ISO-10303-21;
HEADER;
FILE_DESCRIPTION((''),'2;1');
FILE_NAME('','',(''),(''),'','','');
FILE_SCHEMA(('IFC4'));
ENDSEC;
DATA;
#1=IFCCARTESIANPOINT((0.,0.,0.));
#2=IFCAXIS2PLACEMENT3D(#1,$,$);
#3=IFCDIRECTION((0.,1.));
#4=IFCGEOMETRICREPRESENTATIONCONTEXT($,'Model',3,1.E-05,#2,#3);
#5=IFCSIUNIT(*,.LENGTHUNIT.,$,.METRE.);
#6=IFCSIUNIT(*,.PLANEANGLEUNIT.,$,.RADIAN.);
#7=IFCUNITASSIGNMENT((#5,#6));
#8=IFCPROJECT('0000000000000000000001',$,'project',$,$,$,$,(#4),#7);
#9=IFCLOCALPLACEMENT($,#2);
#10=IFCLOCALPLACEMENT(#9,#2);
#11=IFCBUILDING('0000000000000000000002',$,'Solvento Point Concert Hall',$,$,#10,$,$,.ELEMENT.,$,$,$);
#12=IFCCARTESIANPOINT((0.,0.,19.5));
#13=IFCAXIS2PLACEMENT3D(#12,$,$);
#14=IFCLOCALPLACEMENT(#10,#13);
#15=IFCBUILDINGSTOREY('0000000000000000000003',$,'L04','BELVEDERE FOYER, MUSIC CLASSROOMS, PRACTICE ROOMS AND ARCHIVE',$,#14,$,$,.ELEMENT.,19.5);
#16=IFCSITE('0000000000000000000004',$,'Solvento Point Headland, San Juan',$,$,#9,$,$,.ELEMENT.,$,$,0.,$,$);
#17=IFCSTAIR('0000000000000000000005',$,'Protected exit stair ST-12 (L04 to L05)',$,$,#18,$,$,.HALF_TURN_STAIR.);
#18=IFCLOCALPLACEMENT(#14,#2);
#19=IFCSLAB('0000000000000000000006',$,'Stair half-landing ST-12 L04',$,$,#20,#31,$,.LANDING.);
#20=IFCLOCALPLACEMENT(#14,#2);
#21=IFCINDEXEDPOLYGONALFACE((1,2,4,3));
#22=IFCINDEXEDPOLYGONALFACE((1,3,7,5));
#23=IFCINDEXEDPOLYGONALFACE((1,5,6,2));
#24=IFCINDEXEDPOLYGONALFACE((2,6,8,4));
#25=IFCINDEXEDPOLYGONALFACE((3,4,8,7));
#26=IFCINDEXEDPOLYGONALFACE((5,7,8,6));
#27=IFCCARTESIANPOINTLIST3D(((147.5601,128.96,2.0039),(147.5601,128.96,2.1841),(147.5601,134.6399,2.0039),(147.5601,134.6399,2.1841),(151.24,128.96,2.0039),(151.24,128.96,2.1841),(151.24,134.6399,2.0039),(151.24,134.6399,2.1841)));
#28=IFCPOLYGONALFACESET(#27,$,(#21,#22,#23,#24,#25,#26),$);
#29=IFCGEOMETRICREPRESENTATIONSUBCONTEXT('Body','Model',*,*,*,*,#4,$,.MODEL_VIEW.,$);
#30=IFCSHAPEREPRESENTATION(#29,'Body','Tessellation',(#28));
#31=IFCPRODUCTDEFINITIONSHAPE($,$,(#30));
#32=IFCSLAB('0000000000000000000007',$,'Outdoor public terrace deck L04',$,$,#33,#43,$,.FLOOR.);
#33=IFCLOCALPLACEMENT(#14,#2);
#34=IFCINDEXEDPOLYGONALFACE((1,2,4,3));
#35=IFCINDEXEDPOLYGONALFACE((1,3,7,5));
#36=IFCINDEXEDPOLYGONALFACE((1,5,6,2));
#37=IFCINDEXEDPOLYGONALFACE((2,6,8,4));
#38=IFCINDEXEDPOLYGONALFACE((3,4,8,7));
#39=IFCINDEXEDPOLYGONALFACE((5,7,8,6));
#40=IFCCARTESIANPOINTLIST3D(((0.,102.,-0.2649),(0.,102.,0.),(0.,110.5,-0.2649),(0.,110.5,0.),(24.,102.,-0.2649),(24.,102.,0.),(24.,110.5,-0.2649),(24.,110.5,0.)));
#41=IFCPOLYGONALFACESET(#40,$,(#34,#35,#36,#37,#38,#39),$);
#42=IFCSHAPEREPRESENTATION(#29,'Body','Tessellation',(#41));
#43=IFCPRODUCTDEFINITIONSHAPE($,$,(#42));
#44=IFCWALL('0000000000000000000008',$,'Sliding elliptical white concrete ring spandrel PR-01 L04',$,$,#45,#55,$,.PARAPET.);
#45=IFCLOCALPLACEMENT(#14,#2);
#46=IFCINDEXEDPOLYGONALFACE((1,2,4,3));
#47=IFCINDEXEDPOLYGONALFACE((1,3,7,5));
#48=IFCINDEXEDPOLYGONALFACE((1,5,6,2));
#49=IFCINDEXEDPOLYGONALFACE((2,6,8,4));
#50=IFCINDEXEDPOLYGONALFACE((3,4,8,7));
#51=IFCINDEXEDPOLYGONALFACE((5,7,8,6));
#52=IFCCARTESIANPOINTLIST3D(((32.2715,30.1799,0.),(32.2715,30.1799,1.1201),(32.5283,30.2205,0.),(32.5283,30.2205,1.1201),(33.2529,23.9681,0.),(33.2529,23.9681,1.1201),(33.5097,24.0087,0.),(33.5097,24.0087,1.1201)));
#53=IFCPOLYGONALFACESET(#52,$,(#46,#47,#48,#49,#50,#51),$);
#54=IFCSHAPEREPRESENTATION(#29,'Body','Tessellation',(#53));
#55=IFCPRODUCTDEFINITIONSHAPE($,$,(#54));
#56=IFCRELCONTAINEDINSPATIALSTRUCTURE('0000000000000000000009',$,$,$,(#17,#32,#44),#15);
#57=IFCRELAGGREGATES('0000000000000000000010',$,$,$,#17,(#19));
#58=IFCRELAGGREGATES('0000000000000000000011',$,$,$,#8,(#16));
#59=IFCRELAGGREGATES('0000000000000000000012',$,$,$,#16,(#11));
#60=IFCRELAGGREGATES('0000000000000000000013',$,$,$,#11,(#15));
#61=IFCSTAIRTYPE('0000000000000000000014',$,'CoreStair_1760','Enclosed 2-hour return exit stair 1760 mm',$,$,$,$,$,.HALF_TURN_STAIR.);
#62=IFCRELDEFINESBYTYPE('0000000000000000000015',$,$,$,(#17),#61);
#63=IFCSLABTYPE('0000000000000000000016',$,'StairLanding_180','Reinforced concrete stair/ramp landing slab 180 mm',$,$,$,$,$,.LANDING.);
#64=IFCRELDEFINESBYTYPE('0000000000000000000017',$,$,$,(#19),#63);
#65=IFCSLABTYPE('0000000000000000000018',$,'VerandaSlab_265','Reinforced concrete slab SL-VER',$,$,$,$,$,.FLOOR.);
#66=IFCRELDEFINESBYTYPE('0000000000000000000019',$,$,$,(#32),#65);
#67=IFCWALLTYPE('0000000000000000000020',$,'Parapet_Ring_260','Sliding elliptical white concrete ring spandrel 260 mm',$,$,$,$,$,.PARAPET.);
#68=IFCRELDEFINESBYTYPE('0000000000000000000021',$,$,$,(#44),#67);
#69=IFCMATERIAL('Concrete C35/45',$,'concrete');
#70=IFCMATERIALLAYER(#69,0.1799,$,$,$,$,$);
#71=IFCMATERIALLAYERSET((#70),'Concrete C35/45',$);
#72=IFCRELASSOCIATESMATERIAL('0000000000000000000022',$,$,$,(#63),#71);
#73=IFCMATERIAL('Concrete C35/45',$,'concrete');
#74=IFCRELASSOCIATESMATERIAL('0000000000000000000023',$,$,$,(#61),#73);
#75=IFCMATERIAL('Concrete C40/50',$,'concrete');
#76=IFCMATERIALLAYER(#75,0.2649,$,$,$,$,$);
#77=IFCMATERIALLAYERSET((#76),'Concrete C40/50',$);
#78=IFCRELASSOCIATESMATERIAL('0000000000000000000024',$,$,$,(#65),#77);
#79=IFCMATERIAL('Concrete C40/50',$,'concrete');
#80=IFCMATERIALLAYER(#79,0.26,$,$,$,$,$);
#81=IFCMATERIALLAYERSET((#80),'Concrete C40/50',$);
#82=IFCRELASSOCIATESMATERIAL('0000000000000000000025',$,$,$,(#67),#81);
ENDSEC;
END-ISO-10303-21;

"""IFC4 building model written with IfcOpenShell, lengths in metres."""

from ifc_helpers import new_model, si_unit, direction, frame, frame_2d, origin, place, context, subcontext, project, spatial, polyline, rectangle, outline, extrude, material, layer, layer_set, type_object, element, aggregate, save


model = new_model("IFC4")

# Units and contexts
model_context = context("Model", 3, precision=1e-05, world=origin(), true_north=direction((0.0, 1.0)))
body_context = subcontext(model_context, "Body", "Model", "MODEL_VIEW")
ifc_project = project(units=[si_unit("LENGTHUNIT", "METRE"), si_unit("PLANEANGLEUNIT", "RADIAN")], contexts=[model_context])

# Site, building, storey
site_placement = place(None, origin())
site = spatial("IfcSite", under=ifc_project, at=site_placement, Name="Solvento Point Headland, San Juan", CompositionType="ELEMENT", RefElevation=0.0)
building_placement = place(site_placement, origin())
building = spatial("IfcBuilding", under=site, at=building_placement, Name="Solvento Point Concert Hall", CompositionType="ELEMENT")
storey_placement = place(building_placement, frame((0.0, 0.0, 19.5)))
storey = spatial("IfcBuildingStorey", under=building, at=storey_placement, Name="L04", Description="BELVEDERE FOYER, MUSIC CLASSROOMS, PRACTICE ROOMS AND ARCHIVE", CompositionType="ELEMENT", Elevation=19.5)

# Stair, slab
ifc_material_1 = material(Name="Concrete C35/45", Category="concrete")
ifc_layer_1 = layer(ifc_material_1, 0.1799)
ifc_layer_set_1 = layer_set([ifc_layer_1], Name="Concrete C35/45")
slab_type_1 = type_object("IfcSlabType", Name="StairLanding_180", Description="Reinforced concrete stair/ramp landing slab 180 mm", PredefinedType="LANDING", material=ifc_layer_set_1)
ifc_material_2 = material(Name="Concrete C35/45", Category="concrete")
stair_type_1 = type_object("IfcStairType", Name="CoreStair_1760", Description="Enclosed 2-hour return exit stair 1760 mm", PredefinedType="HALF_TURN_STAIR", material=ifc_material_2)
stair_1_placement = place(storey_placement, origin())
stair_1 = element("IfcStair", 1, at=stair_1_placement, inside=storey, type_object=stair_type_1, Name="Protected exit stair ST-12 (L04 to L05)", PredefinedType="HALF_TURN_STAIR")
slab_1_placement = place(storey_placement, frame((0.0, 0.0, 2.0039)))
slab_1 = element("IfcSlab", 2, at=slab_1_placement, type_object=slab_type_1, Name="Stair half-landing ST-12 L04", PredefinedType="LANDING", context=body_context, shape_type="SweptSolid", body=[
    extrude(outline(polyline([(147.5601, 128.96), (151.24, 128.96), (151.24, 134.6399), (147.5601, 134.6399), (147.5601, 128.96)])), origin(), (0.0, 0.0, 1.0), 0.1802),
])
aggregate(stair_1, [slab_1])

# Slab
ifc_material_3 = material(Name="Concrete C40/50", Category="concrete")
ifc_layer_2 = layer(ifc_material_3, 0.2649)
ifc_layer_set_2 = layer_set([ifc_layer_2], Name="Concrete C40/50")
slab_type_2 = type_object("IfcSlabType", Name="VerandaSlab_265", Description="Reinforced concrete slab SL-VER", PredefinedType="FLOOR", material=ifc_layer_set_2)
slab_2_placement = place(storey_placement, frame((0.0, 0.0, -0.2649)))
element("IfcSlab", 3, at=slab_2_placement, inside=storey, type_object=slab_type_2, Name="Outdoor public terrace deck L04", PredefinedType="FLOOR", context=body_context, shape_type="SweptSolid", body=[
    extrude(outline(polyline([(0.0, 102.0), (0.0, 110.5), (24.0, 110.5), (24.0, 102.0), (0.0, 102.0)])), origin(), (0.0, 0.0, 1.0), 0.2649),
])

# Wall
ifc_material_4 = material(Name="Concrete C40/50", Category="concrete")
ifc_layer_3 = layer(ifc_material_4, 0.26)
ifc_layer_set_3 = layer_set([ifc_layer_3], Name="Concrete C40/50")
wall_type = type_object("IfcWallType", Name="Parapet_Ring_260", Description="Sliding elliptical white concrete ring spandrel 260 mm", PredefinedType="PARAPET", material=ifc_layer_set_3)
wall_placement = place(storey_placement, frame((33.3813, 23.9883, 0.0), z_axis=(0.0, 0.0, 1.0), x_axis=(-0.156064, 0.987747, 0.0)))
element("IfcWall", 4, at=wall_placement, inside=storey, type_object=wall_type, Name="Sliding elliptical white concrete ring spandrel PR-01 L04", PredefinedType="PARAPET", context=body_context, shape_type="SweptSolid", body=[
    extrude(rectangle(XDim=6.2888, YDim=0.26, at=frame_2d((3.1445, 0.0))), origin(), (0.0, 0.0, 1.0), 1.1201),
])

save(model, "model.ifc")
